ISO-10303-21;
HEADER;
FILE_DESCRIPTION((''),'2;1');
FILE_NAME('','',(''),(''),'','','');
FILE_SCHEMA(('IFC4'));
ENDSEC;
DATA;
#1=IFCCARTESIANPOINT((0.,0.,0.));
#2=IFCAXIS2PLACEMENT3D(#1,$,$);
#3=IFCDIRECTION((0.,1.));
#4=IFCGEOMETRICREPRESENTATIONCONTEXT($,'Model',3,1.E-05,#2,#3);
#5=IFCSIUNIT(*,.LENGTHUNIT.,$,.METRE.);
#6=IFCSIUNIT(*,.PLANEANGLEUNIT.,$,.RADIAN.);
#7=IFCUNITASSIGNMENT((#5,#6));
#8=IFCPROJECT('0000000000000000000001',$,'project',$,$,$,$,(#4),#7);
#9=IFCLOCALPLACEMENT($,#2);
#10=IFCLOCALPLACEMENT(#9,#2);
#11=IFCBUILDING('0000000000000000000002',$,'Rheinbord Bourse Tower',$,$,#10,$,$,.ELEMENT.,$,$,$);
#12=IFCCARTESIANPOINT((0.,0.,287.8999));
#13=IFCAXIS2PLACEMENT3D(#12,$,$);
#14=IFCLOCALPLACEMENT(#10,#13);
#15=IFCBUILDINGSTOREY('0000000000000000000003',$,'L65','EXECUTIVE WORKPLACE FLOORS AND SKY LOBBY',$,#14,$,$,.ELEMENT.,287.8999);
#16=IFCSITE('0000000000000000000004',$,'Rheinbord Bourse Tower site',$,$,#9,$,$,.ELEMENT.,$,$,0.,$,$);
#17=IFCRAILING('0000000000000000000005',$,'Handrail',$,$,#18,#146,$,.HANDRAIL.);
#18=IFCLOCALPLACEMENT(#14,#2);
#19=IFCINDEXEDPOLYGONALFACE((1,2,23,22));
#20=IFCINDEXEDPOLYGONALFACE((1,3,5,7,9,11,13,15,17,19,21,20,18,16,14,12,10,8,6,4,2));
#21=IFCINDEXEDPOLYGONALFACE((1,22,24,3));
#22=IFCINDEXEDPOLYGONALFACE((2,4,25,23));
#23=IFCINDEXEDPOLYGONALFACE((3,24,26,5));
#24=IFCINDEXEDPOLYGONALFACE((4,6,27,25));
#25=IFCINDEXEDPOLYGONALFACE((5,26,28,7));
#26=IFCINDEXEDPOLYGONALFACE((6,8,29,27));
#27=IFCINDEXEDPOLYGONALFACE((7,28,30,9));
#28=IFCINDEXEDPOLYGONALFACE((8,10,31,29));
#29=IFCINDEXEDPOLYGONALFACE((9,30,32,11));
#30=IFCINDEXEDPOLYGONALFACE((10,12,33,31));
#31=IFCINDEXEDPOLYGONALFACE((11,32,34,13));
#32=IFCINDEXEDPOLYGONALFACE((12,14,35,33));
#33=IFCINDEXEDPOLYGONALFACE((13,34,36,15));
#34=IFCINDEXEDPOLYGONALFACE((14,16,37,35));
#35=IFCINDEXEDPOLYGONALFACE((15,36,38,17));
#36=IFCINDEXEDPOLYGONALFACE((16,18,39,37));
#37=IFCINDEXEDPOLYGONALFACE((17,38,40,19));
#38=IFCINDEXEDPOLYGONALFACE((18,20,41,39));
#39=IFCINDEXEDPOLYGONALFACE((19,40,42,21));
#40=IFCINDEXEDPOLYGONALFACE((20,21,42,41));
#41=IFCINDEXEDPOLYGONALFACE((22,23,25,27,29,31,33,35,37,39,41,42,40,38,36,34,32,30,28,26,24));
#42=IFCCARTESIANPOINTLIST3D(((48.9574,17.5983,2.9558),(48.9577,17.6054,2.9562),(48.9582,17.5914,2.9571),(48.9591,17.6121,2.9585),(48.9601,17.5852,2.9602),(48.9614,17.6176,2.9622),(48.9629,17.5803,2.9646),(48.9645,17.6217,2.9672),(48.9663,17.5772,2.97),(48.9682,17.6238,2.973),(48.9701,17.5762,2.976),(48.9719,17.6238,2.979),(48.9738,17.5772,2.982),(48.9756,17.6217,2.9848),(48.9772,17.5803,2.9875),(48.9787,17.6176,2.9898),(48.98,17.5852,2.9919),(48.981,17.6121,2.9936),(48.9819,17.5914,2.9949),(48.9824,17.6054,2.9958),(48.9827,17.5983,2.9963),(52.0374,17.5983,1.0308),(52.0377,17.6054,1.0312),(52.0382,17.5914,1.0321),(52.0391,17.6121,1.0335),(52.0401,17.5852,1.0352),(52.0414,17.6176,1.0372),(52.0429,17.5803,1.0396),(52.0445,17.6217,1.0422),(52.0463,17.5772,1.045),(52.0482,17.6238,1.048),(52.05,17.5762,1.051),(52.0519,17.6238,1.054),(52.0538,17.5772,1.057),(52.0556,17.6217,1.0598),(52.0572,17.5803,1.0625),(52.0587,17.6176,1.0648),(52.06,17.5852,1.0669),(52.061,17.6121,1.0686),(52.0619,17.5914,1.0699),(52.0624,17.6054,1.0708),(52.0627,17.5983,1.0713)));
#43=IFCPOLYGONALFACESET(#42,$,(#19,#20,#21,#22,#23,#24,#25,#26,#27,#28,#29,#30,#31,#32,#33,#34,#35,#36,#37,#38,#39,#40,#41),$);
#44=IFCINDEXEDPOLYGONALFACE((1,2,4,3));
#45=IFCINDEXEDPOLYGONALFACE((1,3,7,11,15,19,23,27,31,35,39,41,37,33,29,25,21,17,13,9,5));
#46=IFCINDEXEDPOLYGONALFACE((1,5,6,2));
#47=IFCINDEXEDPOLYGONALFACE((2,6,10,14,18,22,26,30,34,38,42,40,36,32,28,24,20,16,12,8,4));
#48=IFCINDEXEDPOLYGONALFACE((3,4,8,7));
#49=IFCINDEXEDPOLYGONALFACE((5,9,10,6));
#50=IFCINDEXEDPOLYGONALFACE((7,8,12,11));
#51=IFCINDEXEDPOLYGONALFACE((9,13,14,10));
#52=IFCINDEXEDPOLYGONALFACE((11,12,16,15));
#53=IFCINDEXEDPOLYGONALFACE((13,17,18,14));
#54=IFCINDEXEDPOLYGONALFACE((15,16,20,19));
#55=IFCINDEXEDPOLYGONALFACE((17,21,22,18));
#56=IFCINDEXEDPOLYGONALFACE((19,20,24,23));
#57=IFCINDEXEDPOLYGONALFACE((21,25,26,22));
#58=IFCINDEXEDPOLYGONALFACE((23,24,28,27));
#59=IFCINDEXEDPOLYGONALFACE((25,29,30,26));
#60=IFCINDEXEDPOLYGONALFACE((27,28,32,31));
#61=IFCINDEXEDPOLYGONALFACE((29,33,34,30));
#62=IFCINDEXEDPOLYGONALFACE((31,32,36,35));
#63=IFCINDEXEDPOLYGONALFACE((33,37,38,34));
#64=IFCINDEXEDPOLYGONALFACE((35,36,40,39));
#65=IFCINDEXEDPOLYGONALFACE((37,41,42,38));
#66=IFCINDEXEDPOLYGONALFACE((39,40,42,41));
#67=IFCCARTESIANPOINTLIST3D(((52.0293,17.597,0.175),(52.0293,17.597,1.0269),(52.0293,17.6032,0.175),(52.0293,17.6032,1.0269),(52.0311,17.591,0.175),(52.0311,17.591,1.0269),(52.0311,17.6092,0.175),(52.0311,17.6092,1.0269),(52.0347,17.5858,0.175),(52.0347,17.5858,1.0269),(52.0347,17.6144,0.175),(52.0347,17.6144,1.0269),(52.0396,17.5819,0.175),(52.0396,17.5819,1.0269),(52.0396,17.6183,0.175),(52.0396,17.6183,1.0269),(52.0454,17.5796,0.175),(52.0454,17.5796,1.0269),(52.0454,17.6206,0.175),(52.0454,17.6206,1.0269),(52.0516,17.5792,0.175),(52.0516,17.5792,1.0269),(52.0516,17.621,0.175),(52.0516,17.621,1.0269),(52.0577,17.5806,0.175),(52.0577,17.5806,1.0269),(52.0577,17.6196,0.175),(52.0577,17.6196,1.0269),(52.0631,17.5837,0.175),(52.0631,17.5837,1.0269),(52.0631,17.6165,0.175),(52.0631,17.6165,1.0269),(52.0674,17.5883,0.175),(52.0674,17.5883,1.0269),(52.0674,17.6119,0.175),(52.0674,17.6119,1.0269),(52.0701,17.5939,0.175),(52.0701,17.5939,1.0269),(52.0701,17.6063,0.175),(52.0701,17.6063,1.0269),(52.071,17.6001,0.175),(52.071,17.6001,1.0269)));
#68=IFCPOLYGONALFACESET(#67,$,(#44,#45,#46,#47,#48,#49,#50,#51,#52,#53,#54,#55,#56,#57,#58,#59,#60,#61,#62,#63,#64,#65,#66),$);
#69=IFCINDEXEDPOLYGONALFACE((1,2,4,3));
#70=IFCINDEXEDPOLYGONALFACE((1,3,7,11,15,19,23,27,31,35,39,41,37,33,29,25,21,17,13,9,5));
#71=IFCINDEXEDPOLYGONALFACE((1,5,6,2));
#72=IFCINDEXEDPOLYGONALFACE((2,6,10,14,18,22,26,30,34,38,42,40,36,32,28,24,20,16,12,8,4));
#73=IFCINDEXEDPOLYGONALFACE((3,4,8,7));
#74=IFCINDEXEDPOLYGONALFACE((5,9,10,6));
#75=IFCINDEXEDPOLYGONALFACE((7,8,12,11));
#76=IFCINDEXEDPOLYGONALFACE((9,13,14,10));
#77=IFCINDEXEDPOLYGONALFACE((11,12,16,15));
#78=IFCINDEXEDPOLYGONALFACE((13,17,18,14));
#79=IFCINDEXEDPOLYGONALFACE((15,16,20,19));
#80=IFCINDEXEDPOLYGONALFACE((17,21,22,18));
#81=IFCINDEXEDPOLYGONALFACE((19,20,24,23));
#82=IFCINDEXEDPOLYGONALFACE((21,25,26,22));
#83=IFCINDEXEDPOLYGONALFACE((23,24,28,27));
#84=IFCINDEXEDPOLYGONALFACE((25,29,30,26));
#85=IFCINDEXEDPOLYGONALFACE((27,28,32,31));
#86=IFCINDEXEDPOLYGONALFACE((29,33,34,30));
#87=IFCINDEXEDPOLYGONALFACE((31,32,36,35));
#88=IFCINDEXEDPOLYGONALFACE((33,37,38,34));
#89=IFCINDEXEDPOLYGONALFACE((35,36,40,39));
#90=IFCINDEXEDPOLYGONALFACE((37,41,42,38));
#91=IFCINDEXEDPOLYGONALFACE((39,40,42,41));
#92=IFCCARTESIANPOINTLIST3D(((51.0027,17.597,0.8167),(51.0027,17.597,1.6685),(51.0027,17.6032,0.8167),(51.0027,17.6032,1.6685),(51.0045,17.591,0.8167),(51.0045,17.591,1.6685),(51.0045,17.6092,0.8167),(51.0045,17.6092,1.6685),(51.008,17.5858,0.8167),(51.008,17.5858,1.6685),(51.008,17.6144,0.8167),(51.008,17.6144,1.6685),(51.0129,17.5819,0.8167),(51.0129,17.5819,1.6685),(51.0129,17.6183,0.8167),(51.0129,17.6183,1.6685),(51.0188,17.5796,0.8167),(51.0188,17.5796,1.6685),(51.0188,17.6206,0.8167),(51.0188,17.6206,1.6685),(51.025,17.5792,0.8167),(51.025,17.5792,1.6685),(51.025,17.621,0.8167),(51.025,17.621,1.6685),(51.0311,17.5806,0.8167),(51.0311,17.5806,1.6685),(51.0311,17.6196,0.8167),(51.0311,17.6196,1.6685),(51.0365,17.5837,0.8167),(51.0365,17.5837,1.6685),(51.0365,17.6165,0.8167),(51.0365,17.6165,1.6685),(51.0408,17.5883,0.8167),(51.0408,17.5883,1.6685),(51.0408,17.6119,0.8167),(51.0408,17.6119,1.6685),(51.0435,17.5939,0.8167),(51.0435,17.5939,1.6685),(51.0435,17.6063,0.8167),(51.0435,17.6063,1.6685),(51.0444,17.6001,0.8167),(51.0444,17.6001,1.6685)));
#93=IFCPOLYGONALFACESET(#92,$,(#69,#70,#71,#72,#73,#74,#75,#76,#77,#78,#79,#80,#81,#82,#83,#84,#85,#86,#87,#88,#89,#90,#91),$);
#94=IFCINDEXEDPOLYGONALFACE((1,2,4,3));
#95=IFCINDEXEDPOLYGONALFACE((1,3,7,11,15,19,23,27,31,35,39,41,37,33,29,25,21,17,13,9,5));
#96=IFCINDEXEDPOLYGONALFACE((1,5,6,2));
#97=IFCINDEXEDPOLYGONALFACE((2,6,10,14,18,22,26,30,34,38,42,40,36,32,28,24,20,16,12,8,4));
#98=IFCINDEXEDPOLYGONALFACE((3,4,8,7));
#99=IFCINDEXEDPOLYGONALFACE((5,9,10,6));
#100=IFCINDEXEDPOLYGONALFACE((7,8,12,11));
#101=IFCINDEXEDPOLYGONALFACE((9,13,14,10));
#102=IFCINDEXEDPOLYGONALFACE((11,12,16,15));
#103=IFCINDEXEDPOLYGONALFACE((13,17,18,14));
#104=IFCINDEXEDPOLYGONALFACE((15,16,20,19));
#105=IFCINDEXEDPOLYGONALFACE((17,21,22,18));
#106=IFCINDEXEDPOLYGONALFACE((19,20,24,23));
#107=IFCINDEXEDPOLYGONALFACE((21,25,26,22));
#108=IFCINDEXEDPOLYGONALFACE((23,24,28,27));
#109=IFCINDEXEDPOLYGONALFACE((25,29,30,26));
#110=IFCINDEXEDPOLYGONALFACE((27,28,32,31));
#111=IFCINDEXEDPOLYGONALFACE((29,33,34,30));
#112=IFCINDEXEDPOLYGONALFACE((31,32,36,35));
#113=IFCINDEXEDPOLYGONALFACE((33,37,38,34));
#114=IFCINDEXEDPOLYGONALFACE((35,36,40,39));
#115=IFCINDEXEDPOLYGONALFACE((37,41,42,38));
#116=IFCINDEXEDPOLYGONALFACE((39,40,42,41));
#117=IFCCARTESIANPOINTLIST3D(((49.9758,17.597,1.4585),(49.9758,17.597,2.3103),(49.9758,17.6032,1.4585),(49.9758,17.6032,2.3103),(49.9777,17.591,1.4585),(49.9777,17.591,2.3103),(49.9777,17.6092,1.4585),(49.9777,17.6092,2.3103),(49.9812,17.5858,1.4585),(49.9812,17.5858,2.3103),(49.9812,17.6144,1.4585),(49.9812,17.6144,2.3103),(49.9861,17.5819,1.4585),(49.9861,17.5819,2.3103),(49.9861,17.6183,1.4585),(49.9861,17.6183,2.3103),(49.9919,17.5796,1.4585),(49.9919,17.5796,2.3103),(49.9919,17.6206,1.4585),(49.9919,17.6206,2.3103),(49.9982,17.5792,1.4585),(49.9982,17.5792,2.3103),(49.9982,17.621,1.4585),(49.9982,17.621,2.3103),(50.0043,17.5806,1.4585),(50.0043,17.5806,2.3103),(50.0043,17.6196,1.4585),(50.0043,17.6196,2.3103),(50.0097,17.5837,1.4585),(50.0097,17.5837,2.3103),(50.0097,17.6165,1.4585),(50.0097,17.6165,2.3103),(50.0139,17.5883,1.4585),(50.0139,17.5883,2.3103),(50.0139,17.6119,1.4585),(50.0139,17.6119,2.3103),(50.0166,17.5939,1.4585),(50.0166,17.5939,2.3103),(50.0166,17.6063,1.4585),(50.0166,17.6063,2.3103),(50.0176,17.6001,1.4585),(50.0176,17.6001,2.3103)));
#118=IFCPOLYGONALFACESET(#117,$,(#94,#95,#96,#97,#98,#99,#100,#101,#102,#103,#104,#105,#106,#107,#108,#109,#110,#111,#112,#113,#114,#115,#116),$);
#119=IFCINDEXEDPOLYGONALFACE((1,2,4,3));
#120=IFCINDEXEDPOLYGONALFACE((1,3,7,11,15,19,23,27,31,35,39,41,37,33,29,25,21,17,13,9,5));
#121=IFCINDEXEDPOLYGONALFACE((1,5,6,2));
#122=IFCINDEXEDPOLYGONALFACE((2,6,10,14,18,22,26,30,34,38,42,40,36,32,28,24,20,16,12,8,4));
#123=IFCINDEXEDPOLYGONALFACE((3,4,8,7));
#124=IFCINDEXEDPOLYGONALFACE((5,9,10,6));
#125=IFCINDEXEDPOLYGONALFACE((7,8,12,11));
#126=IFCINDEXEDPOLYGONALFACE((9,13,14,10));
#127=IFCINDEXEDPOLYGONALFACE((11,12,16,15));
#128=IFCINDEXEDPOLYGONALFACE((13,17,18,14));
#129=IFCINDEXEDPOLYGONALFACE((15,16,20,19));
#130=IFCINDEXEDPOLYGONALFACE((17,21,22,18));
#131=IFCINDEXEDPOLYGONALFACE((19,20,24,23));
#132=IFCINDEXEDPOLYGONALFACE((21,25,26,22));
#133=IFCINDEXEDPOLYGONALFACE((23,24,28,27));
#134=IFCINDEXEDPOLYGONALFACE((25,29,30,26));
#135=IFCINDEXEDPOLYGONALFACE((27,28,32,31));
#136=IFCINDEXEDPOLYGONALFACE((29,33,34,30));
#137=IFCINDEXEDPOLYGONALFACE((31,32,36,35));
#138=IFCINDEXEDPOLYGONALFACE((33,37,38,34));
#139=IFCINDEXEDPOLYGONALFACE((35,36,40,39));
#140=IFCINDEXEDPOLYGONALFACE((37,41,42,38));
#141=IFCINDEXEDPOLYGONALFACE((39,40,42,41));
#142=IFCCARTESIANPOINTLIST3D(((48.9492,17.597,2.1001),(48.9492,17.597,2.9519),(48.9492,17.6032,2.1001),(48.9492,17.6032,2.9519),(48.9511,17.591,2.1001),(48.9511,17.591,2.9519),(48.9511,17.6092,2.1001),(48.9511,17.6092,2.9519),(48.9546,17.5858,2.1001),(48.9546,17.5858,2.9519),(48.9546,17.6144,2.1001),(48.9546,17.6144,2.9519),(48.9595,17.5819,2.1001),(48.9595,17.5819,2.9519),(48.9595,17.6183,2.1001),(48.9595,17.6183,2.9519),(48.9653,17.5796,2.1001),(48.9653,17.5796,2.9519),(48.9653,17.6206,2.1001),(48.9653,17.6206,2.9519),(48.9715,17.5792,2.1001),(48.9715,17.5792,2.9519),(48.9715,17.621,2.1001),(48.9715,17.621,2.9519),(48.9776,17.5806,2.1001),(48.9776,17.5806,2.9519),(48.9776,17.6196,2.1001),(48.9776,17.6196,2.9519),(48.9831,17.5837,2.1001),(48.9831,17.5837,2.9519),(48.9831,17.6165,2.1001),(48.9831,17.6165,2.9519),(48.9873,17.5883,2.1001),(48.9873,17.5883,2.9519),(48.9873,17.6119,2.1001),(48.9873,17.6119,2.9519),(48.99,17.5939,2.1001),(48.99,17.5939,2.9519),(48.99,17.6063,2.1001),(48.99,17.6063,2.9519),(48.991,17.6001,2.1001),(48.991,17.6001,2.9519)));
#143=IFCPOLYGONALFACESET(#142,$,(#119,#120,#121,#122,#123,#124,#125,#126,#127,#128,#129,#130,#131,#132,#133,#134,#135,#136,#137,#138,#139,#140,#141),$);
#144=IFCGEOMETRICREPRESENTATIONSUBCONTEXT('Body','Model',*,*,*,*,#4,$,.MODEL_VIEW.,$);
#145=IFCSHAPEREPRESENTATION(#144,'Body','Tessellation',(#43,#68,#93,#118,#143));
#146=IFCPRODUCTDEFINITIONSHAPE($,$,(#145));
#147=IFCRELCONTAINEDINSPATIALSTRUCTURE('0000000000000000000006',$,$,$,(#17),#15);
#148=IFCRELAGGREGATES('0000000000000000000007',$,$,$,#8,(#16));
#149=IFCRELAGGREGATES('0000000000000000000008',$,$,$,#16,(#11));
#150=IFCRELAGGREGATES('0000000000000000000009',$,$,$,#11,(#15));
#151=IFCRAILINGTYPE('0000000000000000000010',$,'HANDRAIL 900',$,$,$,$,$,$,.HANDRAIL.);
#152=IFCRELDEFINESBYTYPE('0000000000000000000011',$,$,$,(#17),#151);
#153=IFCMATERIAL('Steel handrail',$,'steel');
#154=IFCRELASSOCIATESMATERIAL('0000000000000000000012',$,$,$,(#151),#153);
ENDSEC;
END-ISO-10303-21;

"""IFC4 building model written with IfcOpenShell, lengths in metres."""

from ifc_helpers import new_model, si_unit, direction, frame, origin, origin_2d, place, context, subcontext, project, spatial, circle, extrude, material, type_object, element, save


model = new_model("IFC4")

# Units and contexts
model_context = context("Model", 3, precision=1e-05, world=origin(), true_north=direction((0.0, 1.0)))
body_context = subcontext(model_context, "Body", "Model", "MODEL_VIEW")
ifc_project = project(units=[si_unit("LENGTHUNIT", "METRE"), si_unit("PLANEANGLEUNIT", "RADIAN")], contexts=[model_context])

# Site, building, storey
site_placement = place(None, origin())
site = spatial("IfcSite", under=ifc_project, at=site_placement, Name="Rheinbord Bourse Tower site", CompositionType="ELEMENT", RefElevation=0.0)
building_placement = place(site_placement, origin())
building = spatial("IfcBuilding", under=site, at=building_placement, Name="Rheinbord Bourse Tower", CompositionType="ELEMENT")
storey_placement = place(building_placement, frame((0.0, 0.0, 287.8999)))
storey = spatial("IfcBuildingStorey", under=building, at=storey_placement, Name="L65", Description="EXECUTIVE WORKPLACE FLOORS AND SKY LOBBY", CompositionType="ELEMENT", Elevation=287.8999)

# Railing
ifc_material_1 = material(Name="Steel handrail", Category="steel")
railing_type = type_object("IfcRailingType", Name="HANDRAIL 900", PredefinedType="HANDRAIL", material=ifc_material_1)
railing_1_placement = place(storey_placement, frame((52.05, 17.6001, 0.175)))
element("IfcRailing", 1, at=railing_1_placement, inside=storey, type_object=railing_type, Name="Handrail", PredefinedType="HANDRAIL", context=body_context, shape_type="SweptSolid", body=[
    extrude(circle(Radius=0.0239, at=origin_2d()), frame((0.0, 0.0, 0.876), z_axis=(-0.847998, 0.0, 0.529999), x_axis=(0.0, -1.0, 0.0)), (0.0, 0.0, 1.0), 3.6321),
    extrude(circle(Radius=0.021, at=origin_2d()), origin(), (0.0, 0.0, 1.0), 0.8518),
    extrude(circle(Radius=0.021, at=origin_2d()), frame((-1.0266, 0.0, 0.6416)), (0.0, 0.0, 1.0), 0.8518),
    extrude(circle(Radius=0.021, at=origin_2d()), frame((-2.0535, 0.0, 1.2834)), (0.0, 0.0, 1.0), 0.8518),
    extrude(circle(Radius=0.021, at=origin_2d()), frame((-3.0801, 0.0, 1.925)), (0.0, 0.0, 1.0), 0.8518),
])

save(model, "model.ifc")
